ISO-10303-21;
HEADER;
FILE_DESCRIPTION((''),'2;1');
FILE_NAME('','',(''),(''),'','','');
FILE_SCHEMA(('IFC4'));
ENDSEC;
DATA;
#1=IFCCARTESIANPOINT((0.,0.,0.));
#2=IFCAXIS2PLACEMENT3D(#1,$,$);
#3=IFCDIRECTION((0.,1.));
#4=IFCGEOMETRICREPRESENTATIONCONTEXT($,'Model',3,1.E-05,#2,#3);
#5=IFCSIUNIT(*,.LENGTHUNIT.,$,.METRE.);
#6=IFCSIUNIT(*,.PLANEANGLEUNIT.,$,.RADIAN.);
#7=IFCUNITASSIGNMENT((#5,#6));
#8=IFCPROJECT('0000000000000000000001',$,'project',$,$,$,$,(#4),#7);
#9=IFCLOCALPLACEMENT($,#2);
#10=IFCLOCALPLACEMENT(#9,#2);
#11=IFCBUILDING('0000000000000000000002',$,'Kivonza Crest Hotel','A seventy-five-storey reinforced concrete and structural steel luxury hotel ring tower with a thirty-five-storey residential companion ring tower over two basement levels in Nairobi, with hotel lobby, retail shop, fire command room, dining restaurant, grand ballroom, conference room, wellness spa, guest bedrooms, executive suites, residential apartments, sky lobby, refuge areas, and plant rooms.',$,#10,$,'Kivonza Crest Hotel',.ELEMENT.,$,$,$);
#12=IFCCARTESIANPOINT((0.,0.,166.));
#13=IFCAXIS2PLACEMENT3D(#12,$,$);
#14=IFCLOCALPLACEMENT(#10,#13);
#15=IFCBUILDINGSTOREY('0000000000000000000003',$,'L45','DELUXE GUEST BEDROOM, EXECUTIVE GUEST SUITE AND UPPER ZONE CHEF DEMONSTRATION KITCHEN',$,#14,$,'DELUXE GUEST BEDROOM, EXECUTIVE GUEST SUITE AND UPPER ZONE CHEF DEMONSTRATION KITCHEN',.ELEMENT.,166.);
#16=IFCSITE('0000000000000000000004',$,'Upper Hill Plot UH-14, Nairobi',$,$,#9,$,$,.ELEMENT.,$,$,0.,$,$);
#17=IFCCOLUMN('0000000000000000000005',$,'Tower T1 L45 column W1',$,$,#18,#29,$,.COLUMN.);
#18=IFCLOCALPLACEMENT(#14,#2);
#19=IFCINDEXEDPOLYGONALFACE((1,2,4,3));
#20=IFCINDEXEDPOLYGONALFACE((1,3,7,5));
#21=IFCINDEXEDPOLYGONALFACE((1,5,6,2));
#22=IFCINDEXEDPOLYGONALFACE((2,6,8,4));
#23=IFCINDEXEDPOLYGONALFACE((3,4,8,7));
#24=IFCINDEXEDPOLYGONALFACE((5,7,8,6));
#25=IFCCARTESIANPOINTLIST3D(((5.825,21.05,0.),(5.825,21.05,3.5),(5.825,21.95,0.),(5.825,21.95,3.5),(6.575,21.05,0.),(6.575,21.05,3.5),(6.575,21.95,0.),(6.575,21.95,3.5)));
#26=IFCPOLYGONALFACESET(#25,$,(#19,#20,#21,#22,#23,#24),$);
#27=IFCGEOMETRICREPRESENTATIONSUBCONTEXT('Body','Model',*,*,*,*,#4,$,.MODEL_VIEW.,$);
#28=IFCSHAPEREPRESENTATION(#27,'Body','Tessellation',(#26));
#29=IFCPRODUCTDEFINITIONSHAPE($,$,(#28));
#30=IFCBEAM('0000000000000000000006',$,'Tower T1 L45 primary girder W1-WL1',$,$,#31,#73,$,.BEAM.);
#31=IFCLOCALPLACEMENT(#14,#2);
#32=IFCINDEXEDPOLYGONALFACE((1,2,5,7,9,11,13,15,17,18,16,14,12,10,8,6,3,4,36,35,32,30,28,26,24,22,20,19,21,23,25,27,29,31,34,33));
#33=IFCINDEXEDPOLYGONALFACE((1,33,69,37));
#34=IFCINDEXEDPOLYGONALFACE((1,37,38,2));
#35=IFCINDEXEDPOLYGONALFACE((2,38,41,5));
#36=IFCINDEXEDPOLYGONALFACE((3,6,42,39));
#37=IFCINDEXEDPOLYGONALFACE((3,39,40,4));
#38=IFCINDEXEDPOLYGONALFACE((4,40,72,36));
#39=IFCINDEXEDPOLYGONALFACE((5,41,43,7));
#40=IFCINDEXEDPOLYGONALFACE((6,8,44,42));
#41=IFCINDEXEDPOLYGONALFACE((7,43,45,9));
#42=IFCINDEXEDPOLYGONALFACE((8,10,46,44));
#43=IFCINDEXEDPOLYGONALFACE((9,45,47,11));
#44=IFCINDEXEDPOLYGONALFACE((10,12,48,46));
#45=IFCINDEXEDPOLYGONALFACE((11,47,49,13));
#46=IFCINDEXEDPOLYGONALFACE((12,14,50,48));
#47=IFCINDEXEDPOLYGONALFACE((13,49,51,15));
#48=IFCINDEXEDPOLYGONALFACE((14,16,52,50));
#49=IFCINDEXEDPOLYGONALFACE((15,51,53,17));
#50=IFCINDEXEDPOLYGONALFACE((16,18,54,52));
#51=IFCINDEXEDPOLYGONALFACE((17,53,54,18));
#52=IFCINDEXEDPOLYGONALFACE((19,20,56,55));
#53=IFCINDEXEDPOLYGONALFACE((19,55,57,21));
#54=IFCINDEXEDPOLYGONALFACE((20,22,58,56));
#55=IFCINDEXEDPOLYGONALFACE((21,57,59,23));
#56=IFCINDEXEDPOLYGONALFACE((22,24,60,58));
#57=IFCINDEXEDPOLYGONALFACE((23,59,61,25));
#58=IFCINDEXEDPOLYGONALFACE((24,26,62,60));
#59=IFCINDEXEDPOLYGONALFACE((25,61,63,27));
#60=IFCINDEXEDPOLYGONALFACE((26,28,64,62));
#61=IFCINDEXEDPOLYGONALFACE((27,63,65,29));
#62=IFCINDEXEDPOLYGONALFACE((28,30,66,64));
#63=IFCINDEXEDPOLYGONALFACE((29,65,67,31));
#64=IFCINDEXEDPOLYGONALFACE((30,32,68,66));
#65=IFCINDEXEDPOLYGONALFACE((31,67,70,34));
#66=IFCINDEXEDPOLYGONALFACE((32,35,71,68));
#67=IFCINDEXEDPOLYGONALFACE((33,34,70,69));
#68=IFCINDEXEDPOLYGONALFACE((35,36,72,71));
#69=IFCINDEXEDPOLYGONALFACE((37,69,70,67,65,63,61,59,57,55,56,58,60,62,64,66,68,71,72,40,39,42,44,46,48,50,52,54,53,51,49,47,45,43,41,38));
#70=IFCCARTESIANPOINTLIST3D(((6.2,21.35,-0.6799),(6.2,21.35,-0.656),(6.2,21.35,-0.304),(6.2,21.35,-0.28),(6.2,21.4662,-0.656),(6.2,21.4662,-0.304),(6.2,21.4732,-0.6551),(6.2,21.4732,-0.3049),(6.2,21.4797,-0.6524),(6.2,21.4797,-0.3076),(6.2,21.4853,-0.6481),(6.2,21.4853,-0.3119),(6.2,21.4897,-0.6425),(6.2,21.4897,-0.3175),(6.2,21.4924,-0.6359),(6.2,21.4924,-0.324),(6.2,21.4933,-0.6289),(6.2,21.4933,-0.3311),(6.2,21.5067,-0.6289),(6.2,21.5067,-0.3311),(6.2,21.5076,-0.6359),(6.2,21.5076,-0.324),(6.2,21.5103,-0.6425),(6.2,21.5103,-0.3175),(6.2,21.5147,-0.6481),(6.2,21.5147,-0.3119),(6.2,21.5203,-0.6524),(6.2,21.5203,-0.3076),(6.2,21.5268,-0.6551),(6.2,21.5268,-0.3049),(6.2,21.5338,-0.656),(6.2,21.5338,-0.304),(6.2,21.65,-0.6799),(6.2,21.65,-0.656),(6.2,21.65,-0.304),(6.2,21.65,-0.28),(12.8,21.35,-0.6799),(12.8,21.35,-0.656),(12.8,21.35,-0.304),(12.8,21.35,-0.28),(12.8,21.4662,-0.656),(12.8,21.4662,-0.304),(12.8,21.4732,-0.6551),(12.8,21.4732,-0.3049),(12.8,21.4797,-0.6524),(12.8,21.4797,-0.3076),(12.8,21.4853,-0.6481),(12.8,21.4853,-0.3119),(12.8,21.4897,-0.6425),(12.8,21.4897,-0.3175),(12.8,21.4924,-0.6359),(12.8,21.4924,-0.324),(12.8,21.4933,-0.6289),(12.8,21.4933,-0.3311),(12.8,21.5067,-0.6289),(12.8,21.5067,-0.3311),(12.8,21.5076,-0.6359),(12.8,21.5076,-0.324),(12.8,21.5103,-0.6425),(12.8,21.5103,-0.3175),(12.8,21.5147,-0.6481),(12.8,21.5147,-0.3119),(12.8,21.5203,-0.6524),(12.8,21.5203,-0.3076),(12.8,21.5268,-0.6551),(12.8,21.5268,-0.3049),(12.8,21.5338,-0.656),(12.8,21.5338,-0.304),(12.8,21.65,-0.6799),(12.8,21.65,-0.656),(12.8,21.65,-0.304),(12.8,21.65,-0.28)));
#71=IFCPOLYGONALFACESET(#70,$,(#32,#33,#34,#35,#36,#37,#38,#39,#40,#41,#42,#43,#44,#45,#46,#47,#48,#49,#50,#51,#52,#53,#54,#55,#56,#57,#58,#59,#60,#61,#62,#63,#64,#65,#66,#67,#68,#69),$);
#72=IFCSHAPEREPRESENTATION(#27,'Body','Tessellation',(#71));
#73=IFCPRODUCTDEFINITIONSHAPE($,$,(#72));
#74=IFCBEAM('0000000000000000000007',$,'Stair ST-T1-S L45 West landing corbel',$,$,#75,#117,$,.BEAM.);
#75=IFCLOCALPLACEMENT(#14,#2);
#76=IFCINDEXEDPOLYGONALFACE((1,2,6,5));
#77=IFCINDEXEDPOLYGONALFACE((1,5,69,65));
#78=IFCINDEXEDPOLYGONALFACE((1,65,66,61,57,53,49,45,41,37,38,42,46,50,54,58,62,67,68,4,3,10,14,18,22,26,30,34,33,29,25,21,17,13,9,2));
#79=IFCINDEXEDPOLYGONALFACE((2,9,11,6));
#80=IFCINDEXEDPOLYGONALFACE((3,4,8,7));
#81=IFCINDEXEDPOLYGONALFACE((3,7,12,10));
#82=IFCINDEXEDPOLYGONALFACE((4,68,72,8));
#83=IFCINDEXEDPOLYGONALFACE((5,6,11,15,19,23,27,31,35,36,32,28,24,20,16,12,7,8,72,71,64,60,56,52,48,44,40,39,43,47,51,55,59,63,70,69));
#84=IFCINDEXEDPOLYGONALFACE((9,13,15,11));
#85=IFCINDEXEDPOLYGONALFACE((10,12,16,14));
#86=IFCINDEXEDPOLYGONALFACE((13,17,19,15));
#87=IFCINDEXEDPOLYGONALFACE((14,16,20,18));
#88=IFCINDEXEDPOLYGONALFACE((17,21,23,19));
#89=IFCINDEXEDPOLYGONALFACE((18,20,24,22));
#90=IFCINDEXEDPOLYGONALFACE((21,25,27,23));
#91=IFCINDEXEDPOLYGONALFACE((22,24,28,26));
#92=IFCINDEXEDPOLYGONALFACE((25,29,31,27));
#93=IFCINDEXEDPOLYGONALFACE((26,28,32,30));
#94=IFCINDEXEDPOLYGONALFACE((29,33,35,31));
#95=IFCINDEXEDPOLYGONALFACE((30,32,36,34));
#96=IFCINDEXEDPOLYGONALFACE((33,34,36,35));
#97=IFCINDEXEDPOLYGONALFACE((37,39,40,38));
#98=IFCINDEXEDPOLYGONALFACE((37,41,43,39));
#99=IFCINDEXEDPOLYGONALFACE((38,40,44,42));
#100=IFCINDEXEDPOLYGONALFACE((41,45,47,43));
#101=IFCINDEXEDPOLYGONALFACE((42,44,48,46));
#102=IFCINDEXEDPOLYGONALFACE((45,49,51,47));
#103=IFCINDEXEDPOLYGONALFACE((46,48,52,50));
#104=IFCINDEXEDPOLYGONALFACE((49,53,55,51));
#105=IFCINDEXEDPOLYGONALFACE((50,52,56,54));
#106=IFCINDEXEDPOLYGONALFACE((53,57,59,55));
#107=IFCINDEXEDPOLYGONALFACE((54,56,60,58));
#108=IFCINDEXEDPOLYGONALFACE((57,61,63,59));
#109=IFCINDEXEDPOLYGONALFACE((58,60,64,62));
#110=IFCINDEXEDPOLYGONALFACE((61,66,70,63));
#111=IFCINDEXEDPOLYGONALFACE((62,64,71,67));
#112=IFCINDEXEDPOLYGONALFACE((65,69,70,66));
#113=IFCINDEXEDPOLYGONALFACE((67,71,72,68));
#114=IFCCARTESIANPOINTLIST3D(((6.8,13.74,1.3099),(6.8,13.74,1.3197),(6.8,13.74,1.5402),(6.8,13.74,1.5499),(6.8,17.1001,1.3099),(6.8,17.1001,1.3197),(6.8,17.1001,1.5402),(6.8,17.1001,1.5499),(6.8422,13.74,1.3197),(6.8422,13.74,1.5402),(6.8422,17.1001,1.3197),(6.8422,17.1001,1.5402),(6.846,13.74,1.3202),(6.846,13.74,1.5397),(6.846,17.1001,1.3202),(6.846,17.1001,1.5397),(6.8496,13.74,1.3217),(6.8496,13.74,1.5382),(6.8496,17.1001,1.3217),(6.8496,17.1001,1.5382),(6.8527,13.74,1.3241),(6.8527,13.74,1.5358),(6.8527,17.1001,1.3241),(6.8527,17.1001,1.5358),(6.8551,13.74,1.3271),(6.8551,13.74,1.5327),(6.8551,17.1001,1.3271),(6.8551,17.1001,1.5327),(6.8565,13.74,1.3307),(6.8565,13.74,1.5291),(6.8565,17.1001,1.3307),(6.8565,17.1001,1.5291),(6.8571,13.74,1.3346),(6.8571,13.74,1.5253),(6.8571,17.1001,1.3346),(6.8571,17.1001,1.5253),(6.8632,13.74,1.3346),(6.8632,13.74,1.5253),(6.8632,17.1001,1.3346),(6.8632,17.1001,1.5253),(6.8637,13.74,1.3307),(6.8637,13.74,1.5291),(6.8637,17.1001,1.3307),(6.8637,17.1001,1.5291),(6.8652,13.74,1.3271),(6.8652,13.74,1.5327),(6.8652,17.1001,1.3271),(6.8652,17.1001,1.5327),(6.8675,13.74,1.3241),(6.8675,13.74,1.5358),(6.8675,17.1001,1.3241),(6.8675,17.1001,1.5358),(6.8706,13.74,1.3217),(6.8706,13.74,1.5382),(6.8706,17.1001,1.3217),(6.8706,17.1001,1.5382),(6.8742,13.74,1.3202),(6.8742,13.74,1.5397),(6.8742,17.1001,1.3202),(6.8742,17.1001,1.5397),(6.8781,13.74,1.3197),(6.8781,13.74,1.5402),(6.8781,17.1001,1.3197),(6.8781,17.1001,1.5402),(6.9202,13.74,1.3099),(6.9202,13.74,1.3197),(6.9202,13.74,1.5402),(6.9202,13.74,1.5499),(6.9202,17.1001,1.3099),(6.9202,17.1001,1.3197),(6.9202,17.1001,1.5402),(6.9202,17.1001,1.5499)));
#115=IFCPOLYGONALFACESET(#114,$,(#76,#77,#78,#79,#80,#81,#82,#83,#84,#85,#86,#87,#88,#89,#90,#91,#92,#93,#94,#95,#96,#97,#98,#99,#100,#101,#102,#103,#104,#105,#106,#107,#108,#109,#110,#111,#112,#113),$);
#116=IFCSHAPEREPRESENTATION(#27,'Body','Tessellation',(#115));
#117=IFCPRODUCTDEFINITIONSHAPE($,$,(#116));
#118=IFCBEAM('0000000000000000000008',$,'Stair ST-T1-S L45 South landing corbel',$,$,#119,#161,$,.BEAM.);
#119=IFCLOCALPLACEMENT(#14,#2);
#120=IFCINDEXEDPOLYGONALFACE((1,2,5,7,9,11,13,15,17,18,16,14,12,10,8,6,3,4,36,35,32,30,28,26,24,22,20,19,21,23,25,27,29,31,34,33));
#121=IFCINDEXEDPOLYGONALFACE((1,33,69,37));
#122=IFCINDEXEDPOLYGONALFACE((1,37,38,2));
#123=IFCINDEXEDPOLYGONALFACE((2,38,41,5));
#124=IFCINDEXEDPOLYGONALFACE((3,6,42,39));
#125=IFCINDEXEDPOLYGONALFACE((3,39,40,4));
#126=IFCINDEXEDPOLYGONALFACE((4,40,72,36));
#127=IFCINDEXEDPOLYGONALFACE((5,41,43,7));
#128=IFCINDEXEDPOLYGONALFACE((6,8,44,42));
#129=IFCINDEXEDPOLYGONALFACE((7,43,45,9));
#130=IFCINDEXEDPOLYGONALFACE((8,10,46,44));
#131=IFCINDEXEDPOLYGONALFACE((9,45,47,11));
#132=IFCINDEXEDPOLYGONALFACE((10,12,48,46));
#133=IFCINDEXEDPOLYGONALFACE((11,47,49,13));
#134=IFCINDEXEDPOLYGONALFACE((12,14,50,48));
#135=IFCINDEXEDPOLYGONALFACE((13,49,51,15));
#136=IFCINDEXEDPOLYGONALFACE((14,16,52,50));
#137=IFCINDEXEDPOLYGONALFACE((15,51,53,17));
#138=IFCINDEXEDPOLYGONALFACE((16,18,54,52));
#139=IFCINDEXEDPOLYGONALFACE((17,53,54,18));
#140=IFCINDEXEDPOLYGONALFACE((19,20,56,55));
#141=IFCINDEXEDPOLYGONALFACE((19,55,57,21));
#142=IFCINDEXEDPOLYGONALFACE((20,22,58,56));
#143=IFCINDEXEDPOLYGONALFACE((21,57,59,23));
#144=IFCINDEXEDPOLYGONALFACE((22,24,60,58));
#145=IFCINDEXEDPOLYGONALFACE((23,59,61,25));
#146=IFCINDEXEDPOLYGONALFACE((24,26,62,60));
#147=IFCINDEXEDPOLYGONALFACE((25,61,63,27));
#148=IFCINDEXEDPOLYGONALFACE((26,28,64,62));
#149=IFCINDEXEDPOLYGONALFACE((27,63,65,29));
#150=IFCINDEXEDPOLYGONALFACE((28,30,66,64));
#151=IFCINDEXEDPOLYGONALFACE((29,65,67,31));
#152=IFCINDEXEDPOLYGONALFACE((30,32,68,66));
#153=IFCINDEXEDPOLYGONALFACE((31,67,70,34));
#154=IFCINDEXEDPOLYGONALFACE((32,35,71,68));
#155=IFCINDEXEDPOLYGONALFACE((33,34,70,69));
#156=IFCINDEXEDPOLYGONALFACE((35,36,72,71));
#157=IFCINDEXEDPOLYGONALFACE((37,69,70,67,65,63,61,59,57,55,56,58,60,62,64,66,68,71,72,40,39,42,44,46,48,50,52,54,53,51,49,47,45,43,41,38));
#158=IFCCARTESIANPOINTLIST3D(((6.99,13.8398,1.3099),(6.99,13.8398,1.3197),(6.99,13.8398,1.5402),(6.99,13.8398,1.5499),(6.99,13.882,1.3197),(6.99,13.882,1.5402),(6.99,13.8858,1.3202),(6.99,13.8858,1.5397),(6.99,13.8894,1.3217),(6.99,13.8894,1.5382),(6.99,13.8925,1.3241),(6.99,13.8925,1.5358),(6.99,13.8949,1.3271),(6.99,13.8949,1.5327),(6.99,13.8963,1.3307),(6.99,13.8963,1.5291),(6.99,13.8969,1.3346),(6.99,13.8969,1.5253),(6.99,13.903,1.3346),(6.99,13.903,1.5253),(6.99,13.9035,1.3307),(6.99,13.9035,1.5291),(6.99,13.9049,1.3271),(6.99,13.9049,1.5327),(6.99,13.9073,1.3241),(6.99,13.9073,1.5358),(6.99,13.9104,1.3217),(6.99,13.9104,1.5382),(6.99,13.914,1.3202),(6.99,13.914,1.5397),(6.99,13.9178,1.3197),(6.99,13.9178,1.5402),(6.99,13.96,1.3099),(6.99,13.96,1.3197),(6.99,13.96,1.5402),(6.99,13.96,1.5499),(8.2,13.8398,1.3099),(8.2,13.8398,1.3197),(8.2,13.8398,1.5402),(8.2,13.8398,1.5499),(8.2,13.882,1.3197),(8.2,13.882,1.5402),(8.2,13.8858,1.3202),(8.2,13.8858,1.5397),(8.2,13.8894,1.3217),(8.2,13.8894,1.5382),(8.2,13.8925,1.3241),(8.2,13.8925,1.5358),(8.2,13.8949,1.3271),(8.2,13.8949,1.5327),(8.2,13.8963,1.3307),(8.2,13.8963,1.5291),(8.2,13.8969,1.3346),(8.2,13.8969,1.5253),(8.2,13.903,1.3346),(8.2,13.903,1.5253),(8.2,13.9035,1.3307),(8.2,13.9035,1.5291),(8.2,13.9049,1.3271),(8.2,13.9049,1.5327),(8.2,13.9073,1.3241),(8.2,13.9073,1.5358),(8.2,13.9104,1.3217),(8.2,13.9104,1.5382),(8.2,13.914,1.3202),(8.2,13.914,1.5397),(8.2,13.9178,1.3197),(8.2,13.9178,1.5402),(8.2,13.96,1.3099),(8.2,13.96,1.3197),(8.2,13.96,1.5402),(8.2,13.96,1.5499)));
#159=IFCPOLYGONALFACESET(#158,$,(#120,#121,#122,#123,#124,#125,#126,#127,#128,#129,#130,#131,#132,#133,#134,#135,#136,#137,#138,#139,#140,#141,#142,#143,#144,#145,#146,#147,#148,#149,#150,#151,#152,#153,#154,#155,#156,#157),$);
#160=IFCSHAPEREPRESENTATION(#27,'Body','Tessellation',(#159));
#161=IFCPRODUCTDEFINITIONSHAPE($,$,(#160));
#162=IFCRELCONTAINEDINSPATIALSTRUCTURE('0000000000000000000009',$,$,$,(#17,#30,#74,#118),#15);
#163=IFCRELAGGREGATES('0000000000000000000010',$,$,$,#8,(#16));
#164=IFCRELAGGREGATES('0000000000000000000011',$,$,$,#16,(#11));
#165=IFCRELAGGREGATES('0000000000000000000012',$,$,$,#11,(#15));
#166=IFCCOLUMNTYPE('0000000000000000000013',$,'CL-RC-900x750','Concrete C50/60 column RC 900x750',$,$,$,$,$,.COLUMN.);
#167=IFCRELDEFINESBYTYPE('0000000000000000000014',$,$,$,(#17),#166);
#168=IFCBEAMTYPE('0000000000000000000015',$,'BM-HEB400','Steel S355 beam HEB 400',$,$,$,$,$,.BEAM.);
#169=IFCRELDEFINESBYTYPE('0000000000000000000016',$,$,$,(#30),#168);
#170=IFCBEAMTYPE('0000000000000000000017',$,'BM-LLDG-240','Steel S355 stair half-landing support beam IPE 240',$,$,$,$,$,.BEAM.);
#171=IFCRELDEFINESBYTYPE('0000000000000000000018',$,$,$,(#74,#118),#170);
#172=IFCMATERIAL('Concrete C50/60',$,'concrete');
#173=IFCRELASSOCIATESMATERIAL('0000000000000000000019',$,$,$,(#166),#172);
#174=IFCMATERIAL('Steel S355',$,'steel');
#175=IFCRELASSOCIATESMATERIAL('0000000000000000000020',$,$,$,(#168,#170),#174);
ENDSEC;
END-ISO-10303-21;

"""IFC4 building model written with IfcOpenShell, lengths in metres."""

from ifc_helpers import new_model, si_unit, direction, frame, origin, origin_2d, place, context, subcontext, project, spatial, rectangle, i_section, extrude, material, material_profile, profile_set, type_object, element, save


model = new_model("IFC4")

# Units and contexts
model_context = context("Model", 3, precision=1e-05, world=origin(), true_north=direction((0.0, 1.0)))
body_context = subcontext(model_context, "Body", "Model", "MODEL_VIEW")
ifc_project = project(units=[si_unit("LENGTHUNIT", "METRE"), si_unit("PLANEANGLEUNIT", "RADIAN")], contexts=[model_context])

# Site, building, storey
site_placement = place(None, origin())
site = spatial("IfcSite", under=ifc_project, at=site_placement, Name="Upper Hill Plot UH-14, Nairobi", CompositionType="ELEMENT", RefElevation=0.0)
building_placement = place(site_placement, origin())
building = spatial("IfcBuilding", under=site, at=building_placement, Name="Kivonza Crest Hotel", Description="A seventy-five-storey reinforced concrete and structural steel luxury hotel ring tower with a thirty-five-storey residential companion ring tower over two basement levels in Nairobi, with hotel lobby, retail shop, fire command room, dining restaurant, grand ballroom, conference room, wellness spa, guest bedrooms, executive suites, residential apartments, sky lobby, refuge areas, and plant rooms.", LongName="Kivonza Crest Hotel", CompositionType="ELEMENT")
storey_placement = place(building_placement, frame((0.0, 0.0, 166.0)))
storey = spatial("IfcBuildingStorey", under=building, at=storey_placement, Name="L45", Description="DELUXE GUEST BEDROOM, EXECUTIVE GUEST SUITE AND UPPER ZONE CHEF DEMONSTRATION KITCHEN", LongName="DELUXE GUEST BEDROOM, EXECUTIVE GUEST SUITE AND UPPER ZONE CHEF DEMONSTRATION KITCHEN", CompositionType="ELEMENT", Elevation=166.0)

# Column
ifc_material_1 = material(Name="Concrete C50/60", Category="concrete")
ifc_material_profile_1 = material_profile(ifc_material_1, rectangle(XDim=0.75, YDim=0.8999, at=origin_2d()), Name="RC 900x750")
ifc_profile_set_1 = profile_set([ifc_material_profile_1], Name="Concrete C50/60")
column_type = type_object("IfcColumnType", Name="CL-RC-900x750", Description="Concrete C50/60 column RC 900x750", PredefinedType="COLUMN", material=ifc_profile_set_1)
column_placement = place(storey_placement, frame((6.2, 21.5, 0.0), z_axis=(0.0, 0.0, 1.0), x_axis=(1.0, 0.0, 0.0)))
element("IfcColumn", 1, at=column_placement, inside=storey, type_object=column_type, Name="Tower T1 L45 column W1", PredefinedType="COLUMN", context=body_context, shape_type="SweptSolid", body=[
    extrude(rectangle(XDim=0.75, YDim=0.8999, at=origin_2d()), origin(), (0.0, 0.0, 1.0), 3.5),
])

# Beams
ifc_material_2 = material(Name="Steel S355", Category="steel")
ifc_material_profile_2 = material_profile(ifc_material_2, i_section(OverallWidth=0.3, OverallDepth=0.3999, WebThickness=0.0134, FlangeThickness=0.0239, FilletRadius=0.0271, at=origin_2d()), Name="HEB 400")
ifc_profile_set_2 = profile_set([ifc_material_profile_2], Name="Steel S355")
beam_type_1 = type_object("IfcBeamType", Name="BM-HEB400", Description="Steel S355 beam HEB 400", PredefinedType="BEAM", material=ifc_profile_set_2)
beam_1_placement = place(storey_placement, frame((6.2, 21.5, -0.48), z_axis=(1.0, 0.0, 0.0), x_axis=(0.0, 1.0, 0.0)))
element("IfcBeam", 2, at=beam_1_placement, inside=storey, type_object=beam_type_1, Name="Tower T1 L45 primary girder W1-WL1", PredefinedType="BEAM", context=body_context, shape_type="SweptSolid", body=[
    extrude(i_section(OverallWidth=0.3, OverallDepth=0.3999, WebThickness=0.0134, FlangeThickness=0.0239, FilletRadius=0.0271, at=origin_2d()), origin(), (0.0, 0.0, 1.0), 6.6001),
])
ifc_material_profile_3 = material_profile(ifc_material_2, i_section(OverallWidth=0.1201, OverallDepth=0.24, WebThickness=0.0061, FlangeThickness=0.0098, FilletRadius=0.0149, at=origin_2d()), Name="IPE 240")
ifc_profile_set_3 = profile_set([ifc_material_profile_3], Name="Steel S355")
beam_type_2 = type_object("IfcBeamType", Name="BM-LLDG-240", Description="Steel S355 stair half-landing support beam IPE 240", PredefinedType="BEAM", material=ifc_profile_set_3)
beam_2_placement = place(storey_placement, frame((6.8601, 13.74, 1.4299), z_axis=(0.0, 1.0, 0.0), x_axis=(-1.0, 0.0, 0.0)))
element("IfcBeam", 3, at=beam_2_placement, inside=storey, type_object=beam_type_2, Name="Stair ST-T1-S L45 West landing corbel", PredefinedType="BEAM", context=body_context, shape_type="SweptSolid", body=[
    extrude(i_section(OverallWidth=0.1201, OverallDepth=0.24, WebThickness=0.0061, FlangeThickness=0.0098, FilletRadius=0.0149, at=origin_2d()), origin(), (0.0, 0.0, 1.0), 3.3601),
])
for number, where, z_axis, x_axis, name in (
    (4, (6.99, 13.8999, 1.4299), (1.0, 0.0, 0.0), (0.0, 1.0, 0.0), "Stair ST-T1-S L45 South landing corbel"),
):
    element("IfcBeam", number, at=place(storey_placement, frame(where, z_axis=z_axis, x_axis=x_axis)), inside=storey, type_object=beam_type_2, Name=name, PredefinedType="BEAM", context=body_context, shape_type="SweptSolid", body=[
        extrude(i_section(OverallWidth=0.1201, OverallDepth=0.24, WebThickness=0.0061, FlangeThickness=0.0098, FilletRadius=0.0149, at=origin_2d()), origin(), (0.0, 0.0, 1.0), 1.21),
    ])

save(model, "model.ifc")
